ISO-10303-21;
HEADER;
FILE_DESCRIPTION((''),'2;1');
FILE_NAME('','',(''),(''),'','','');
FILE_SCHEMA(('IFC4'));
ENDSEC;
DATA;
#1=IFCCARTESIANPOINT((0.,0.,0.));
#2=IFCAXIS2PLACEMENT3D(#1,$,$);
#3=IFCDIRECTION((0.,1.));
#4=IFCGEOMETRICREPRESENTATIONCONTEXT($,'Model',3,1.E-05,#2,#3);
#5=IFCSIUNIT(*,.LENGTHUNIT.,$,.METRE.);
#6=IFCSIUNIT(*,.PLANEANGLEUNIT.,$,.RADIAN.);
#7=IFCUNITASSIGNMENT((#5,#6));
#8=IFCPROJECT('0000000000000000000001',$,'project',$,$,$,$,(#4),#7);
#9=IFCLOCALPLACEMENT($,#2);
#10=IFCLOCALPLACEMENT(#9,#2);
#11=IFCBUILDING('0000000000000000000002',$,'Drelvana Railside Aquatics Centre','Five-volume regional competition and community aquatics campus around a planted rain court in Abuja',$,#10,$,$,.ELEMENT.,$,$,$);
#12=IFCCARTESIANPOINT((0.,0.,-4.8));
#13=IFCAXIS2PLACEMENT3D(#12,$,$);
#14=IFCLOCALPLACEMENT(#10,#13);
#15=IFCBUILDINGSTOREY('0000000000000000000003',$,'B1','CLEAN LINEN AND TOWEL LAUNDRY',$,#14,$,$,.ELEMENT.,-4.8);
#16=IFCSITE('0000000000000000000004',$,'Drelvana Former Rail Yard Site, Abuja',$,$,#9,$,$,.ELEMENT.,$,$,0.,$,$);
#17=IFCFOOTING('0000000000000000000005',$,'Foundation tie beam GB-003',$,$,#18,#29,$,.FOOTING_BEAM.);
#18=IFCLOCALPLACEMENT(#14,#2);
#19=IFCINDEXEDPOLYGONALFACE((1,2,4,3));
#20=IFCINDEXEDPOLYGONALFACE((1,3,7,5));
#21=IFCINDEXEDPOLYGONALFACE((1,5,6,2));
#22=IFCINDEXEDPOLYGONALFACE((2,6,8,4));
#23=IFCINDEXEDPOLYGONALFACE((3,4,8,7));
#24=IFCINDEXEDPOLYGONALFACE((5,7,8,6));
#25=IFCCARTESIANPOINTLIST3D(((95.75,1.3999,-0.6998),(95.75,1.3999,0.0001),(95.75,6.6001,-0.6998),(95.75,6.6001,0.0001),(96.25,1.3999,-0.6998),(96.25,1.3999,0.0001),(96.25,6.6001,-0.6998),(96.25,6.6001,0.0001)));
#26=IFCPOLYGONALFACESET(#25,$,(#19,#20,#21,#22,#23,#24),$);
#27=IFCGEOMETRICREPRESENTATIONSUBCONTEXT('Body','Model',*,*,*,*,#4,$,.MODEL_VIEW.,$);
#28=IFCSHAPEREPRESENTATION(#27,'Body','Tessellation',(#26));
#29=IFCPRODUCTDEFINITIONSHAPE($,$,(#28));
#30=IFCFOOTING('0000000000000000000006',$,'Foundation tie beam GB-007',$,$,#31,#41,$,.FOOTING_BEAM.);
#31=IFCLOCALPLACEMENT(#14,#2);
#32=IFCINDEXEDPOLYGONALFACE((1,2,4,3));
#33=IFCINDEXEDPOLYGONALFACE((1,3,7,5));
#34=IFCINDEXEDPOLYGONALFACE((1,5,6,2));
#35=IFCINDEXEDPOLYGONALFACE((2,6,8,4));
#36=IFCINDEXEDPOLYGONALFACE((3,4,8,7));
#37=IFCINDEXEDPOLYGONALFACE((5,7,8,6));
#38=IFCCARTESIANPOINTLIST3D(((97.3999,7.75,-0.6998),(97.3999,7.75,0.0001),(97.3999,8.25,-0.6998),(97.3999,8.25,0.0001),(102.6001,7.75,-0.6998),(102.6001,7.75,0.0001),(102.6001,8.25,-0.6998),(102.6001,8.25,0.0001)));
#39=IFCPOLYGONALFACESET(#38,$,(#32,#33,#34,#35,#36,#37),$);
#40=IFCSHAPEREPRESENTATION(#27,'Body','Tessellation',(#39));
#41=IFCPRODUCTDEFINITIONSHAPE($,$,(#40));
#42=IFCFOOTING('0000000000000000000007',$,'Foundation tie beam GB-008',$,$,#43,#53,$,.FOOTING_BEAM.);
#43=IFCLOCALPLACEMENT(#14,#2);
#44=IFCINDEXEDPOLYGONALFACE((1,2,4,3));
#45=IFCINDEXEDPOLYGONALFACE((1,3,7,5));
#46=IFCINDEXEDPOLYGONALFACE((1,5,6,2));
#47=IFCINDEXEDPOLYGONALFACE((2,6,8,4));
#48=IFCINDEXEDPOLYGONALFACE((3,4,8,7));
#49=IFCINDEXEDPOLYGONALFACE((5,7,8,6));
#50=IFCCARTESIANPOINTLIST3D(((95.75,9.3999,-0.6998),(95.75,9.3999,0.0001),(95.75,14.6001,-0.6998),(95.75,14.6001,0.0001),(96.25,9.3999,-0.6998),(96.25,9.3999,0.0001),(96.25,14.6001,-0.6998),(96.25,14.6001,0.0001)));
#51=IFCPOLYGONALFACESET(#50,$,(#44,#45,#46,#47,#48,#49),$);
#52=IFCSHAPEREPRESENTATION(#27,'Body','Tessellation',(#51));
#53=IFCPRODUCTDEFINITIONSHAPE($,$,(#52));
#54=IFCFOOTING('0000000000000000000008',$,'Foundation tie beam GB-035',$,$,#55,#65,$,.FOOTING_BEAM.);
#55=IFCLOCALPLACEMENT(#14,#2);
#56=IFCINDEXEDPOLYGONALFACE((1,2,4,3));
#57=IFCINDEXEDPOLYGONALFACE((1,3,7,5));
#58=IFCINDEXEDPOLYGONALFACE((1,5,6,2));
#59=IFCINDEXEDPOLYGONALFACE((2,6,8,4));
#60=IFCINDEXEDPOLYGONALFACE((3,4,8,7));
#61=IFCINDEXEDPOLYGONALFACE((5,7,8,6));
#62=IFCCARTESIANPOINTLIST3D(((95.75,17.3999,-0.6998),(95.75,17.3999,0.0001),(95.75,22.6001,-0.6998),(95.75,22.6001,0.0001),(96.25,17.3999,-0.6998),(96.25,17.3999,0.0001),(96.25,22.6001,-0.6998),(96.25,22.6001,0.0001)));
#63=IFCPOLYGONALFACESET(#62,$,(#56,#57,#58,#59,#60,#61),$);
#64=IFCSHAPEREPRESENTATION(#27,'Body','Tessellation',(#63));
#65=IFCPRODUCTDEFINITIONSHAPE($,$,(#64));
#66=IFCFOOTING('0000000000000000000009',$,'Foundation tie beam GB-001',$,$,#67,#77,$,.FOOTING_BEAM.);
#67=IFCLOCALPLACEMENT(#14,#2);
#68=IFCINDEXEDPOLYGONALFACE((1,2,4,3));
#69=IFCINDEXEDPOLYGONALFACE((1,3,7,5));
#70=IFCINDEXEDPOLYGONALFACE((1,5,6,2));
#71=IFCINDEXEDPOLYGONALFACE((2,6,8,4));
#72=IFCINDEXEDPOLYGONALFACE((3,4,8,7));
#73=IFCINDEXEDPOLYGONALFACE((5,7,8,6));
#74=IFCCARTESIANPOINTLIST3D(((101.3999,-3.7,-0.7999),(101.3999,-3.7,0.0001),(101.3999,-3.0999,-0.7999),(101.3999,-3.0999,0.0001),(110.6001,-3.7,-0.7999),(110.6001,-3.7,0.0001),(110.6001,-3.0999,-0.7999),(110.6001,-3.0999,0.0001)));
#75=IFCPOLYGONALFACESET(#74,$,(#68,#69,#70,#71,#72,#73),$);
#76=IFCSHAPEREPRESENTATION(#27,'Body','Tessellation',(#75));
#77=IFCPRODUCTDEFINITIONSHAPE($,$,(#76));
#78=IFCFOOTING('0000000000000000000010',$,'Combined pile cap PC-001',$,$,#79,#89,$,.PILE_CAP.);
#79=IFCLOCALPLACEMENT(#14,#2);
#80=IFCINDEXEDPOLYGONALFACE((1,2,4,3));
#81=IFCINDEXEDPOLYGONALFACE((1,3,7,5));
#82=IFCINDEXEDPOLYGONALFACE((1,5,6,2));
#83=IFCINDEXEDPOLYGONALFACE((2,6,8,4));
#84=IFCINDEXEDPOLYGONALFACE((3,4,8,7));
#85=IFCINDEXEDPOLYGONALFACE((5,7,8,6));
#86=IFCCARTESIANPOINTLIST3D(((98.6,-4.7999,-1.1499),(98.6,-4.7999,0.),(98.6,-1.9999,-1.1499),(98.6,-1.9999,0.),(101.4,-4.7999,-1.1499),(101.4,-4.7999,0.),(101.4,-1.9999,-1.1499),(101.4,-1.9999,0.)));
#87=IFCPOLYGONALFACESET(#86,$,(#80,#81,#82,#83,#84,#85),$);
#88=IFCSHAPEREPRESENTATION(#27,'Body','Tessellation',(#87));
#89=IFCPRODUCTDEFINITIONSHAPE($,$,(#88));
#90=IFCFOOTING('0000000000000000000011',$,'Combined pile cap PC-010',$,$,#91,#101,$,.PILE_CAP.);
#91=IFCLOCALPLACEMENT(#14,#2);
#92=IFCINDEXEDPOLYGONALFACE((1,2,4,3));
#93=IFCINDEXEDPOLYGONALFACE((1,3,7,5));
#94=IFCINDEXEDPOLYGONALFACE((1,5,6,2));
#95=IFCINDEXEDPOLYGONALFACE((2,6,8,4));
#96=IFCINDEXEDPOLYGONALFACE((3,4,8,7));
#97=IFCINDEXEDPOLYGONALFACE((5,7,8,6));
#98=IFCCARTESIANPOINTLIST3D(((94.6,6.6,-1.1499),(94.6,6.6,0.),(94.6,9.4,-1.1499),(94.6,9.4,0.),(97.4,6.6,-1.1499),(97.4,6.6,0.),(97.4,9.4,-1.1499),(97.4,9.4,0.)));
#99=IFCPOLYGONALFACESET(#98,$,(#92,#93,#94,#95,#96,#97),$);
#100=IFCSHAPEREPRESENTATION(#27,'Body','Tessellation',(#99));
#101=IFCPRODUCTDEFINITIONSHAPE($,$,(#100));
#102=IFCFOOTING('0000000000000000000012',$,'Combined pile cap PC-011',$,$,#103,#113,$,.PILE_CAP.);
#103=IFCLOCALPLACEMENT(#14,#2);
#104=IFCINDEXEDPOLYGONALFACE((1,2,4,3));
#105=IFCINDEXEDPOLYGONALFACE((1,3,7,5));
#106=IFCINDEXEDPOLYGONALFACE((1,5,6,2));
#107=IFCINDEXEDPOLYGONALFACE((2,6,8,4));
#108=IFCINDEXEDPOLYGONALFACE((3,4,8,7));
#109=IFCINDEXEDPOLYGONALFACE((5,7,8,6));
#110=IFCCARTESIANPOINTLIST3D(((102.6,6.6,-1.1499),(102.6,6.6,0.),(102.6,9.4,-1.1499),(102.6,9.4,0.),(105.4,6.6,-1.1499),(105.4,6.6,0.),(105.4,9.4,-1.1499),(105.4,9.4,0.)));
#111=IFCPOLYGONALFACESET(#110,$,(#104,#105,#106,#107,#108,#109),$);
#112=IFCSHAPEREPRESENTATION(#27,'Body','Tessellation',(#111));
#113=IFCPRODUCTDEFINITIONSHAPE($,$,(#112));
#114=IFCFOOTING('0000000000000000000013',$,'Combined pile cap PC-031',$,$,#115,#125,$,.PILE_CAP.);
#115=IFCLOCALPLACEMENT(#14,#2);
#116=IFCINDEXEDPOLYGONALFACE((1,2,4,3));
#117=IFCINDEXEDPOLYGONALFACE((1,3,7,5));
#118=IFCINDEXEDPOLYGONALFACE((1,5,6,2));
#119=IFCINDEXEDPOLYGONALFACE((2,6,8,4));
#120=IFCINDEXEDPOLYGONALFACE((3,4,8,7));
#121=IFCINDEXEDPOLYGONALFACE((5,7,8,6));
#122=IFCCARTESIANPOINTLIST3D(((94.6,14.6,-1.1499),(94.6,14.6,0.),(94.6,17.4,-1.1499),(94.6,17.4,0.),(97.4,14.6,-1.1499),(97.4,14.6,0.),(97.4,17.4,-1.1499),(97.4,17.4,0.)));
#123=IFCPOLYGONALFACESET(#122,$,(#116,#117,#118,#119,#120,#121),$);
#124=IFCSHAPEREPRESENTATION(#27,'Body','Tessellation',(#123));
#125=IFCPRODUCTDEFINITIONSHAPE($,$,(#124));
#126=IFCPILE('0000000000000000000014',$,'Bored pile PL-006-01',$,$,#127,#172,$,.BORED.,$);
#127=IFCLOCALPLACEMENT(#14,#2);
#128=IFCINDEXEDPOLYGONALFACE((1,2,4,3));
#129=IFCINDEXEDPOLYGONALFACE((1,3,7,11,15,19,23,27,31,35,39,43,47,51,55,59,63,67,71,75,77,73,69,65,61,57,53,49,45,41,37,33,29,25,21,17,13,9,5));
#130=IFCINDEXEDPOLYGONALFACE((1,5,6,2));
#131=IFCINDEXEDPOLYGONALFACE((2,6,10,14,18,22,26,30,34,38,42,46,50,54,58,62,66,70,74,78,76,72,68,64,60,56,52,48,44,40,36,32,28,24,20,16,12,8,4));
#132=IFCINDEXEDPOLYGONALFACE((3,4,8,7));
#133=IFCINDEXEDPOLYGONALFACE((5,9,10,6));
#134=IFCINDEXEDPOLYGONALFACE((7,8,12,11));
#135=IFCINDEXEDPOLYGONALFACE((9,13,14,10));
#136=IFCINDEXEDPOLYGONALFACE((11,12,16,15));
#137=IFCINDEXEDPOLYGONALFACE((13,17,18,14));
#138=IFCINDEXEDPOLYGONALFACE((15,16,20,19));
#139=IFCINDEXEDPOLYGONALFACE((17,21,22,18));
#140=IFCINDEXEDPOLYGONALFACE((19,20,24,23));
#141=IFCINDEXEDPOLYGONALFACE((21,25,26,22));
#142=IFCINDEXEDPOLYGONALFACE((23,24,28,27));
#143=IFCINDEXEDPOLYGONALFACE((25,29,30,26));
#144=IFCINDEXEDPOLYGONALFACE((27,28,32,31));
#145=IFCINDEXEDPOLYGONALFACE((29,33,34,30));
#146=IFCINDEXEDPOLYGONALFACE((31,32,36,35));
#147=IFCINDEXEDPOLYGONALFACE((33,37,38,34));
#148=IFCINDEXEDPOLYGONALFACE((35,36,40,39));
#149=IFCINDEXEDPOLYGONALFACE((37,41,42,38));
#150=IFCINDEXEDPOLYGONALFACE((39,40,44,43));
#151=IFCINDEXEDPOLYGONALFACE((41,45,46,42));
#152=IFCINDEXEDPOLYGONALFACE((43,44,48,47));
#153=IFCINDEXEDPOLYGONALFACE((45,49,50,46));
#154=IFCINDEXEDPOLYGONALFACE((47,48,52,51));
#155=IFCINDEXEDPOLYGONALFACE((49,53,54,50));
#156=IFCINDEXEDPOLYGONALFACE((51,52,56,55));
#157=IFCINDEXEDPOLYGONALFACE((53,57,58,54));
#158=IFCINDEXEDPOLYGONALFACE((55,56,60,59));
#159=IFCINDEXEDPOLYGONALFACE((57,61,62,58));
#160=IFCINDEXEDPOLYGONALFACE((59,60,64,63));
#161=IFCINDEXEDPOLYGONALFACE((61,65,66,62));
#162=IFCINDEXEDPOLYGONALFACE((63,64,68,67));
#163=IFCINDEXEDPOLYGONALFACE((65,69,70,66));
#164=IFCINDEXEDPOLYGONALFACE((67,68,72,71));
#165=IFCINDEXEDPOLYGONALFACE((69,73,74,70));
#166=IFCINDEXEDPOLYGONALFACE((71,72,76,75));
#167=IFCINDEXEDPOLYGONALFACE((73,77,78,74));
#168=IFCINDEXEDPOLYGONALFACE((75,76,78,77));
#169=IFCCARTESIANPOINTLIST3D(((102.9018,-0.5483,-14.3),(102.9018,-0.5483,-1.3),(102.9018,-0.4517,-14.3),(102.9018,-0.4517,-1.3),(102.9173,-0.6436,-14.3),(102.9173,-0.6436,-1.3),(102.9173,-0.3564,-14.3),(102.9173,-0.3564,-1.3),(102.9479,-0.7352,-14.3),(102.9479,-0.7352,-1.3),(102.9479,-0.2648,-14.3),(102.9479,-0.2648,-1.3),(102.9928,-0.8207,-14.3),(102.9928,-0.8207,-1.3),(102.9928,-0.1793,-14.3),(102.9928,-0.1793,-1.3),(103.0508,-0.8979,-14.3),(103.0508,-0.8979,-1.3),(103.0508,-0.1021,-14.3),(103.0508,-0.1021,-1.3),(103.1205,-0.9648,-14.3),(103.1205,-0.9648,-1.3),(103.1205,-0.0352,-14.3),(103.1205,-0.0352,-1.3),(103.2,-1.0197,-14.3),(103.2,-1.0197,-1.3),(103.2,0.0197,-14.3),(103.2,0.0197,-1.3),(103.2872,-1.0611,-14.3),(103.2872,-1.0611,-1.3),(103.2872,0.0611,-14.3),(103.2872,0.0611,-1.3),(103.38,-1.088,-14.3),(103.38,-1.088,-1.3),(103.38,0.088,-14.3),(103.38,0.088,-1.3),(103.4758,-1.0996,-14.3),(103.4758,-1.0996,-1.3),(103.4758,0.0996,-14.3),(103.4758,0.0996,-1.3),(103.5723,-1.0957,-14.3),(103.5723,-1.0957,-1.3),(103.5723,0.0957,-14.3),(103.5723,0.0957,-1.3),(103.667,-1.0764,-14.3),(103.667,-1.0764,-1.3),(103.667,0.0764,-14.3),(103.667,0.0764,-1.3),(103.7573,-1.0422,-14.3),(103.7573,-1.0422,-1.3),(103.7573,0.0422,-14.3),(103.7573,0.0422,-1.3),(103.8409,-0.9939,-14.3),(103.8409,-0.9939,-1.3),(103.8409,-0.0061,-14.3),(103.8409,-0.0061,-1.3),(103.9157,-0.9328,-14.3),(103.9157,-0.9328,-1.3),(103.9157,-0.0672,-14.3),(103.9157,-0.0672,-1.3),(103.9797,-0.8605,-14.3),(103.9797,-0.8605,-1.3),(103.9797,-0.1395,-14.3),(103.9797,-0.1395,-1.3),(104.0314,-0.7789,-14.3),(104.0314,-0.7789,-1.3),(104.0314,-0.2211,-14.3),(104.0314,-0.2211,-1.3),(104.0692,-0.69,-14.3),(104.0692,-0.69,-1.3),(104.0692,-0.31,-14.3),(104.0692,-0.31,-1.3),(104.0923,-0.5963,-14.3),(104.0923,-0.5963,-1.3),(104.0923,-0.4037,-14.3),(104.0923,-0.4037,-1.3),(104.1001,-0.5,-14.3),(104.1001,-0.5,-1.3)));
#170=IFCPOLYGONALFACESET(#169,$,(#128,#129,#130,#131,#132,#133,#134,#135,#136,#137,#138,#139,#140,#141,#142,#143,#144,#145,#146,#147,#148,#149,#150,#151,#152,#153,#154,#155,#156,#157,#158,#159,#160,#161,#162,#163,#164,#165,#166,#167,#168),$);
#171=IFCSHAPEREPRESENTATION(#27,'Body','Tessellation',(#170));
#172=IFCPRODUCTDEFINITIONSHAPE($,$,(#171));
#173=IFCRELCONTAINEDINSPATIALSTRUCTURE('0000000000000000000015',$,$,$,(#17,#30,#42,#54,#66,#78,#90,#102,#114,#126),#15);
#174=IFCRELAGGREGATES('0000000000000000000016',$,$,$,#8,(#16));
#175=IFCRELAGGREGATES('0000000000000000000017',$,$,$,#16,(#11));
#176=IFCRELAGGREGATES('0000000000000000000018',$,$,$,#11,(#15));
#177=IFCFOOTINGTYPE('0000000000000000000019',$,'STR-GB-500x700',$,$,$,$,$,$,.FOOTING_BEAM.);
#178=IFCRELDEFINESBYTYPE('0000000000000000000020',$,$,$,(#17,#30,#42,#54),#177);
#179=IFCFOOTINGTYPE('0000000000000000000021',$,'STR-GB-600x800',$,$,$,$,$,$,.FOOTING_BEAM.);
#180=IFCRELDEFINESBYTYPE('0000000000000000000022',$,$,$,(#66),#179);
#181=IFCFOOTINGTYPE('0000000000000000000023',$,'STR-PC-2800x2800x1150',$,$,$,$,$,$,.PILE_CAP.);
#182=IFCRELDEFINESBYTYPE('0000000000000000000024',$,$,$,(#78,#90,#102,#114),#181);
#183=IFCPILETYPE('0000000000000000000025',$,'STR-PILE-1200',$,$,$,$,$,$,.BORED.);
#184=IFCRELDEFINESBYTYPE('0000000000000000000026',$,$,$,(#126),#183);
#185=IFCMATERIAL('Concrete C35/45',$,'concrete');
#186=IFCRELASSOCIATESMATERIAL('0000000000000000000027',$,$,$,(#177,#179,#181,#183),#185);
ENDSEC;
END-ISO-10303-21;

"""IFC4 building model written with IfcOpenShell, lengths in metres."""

from ifc_helpers import new_model, si_unit, direction, frame, origin, origin_2d, place, context, subcontext, project, spatial, rectangle, circle, extrude, material, material_profile, profile_set, type_object, element, save


model = new_model("IFC4")

# Units and contexts
model_context = context("Model", 3, precision=1e-05, world=origin(), true_north=direction((0.0, 1.0)))
body_context = subcontext(model_context, "Body", "Model", "MODEL_VIEW")
ifc_project = project(units=[si_unit("LENGTHUNIT", "METRE"), si_unit("PLANEANGLEUNIT", "RADIAN")], contexts=[model_context])

# Site, building, storey
site_placement = place(None, origin())
site = spatial("IfcSite", under=ifc_project, at=site_placement, Name="Drelvana Former Rail Yard Site, Abuja", CompositionType="ELEMENT", RefElevation=0.0)
building_placement = place(site_placement, origin())
building = spatial("IfcBuilding", under=site, at=building_placement, Name="Drelvana Railside Aquatics Centre", Description="Five-volume regional competition and community aquatics campus around a planted rain court in Abuja", CompositionType="ELEMENT")
storey_placement = place(building_placement, frame((0.0, 0.0, -4.8)))
storey = spatial("IfcBuildingStorey", under=building, at=storey_placement, Name="B1", Description="CLEAN LINEN AND TOWEL LAUNDRY", CompositionType="ELEMENT", Elevation=-4.8)

# Footings
ifc_material_1 = material(Name="Concrete C35/45", Category="concrete")
ifc_material_profile_1 = material_profile(ifc_material_1, rectangle(XDim=0.5, YDim=0.7, at=origin_2d()), Name="GB 500x700")
ifc_profile_set_1 = profile_set([ifc_material_profile_1], Name="Concrete C35/45")
footing_type_1 = type_object("IfcFootingType", Name="STR-GB-500x700", PredefinedType="FOOTING_BEAM", material=ifc_profile_set_1)
for number, where, z_axis, x_axis, name in (
    (1, (96.0, 1.3999, -0.3499), (0.0, 1.0, 0.0), (-1.0, 0.0, 0.0), "Foundation tie beam GB-003"),
    (2, (97.3999, 8.0, -0.3499), (1.0, 0.0, 0.0), (0.0, 1.0, 0.0), "Foundation tie beam GB-007"),
    (3, (96.0, 9.3999, -0.3499), (0.0, 1.0, 0.0), (-1.0, 0.0, 0.0), "Foundation tie beam GB-008"),
    (4, (96.0, 17.3999, -0.3499), (0.0, 1.0, 0.0), (-1.0, 0.0, 0.0), "Foundation tie beam GB-035"),
):
    element("IfcFooting", number, at=place(storey_placement, frame(where, z_axis=z_axis, x_axis=x_axis)), inside=storey, type_object=footing_type_1, Name=name, PredefinedType="FOOTING_BEAM", context=body_context, shape_type="SweptSolid", body=[
        extrude(rectangle(XDim=0.5, YDim=0.7, at=origin_2d()), origin(), (0.0, 0.0, 1.0), 5.2002),
    ])
ifc_material_profile_2 = material_profile(ifc_material_1, rectangle(XDim=0.6001, YDim=0.8, at=origin_2d()), Name="GB 600x800")
ifc_profile_set_2 = profile_set([ifc_material_profile_2], Name="Concrete C35/45")
footing_type_2 = type_object("IfcFootingType", Name="STR-GB-600x800", PredefinedType="FOOTING_BEAM", material=ifc_profile_set_2)
footing_placement = place(storey_placement, frame((101.3999, -3.3999, -0.3999), z_axis=(1.0, 0.0, 0.0), x_axis=(0.0, 1.0, 0.0)))
element("IfcFooting", 5, at=footing_placement, inside=storey, type_object=footing_type_2, Name="Foundation tie beam GB-001", PredefinedType="FOOTING_BEAM", context=body_context, shape_type="SweptSolid", body=[
    extrude(rectangle(XDim=0.6001, YDim=0.8, at=origin_2d()), origin(), (0.0, 0.0, 1.0), 9.2002),
])
footing_type_3 = type_object("IfcFootingType", Name="STR-PC-2800x2800x1150", PredefinedType="PILE_CAP", material=ifc_material_1)
for number, where, z_axis, x_axis, name in (
    (6, (100.0, -3.3999, -1.1499), (0.0, 0.0, 1.0), (1.0, 0.0, 0.0), "Combined pile cap PC-001"),
    (7, (96.0, 8.0, -1.1499), (0.0, 0.0, 1.0), (1.0, 0.0, 0.0), "Combined pile cap PC-010"),
    (8, (104.0, 8.0, -1.1499), (0.0, 0.0, 1.0), (1.0, 0.0, 0.0), "Combined pile cap PC-011"),
    (9, (96.0, 16.0, -1.1499), (0.0, 0.0, 1.0), (1.0, 0.0, 0.0), "Combined pile cap PC-031"),
):
    element("IfcFooting", number, at=place(storey_placement, frame(where, z_axis=z_axis, x_axis=x_axis)), inside=storey, type_object=footing_type_3, Name=name, PredefinedType="PILE_CAP", context=body_context, shape_type="SweptSolid", body=[
        extrude(rectangle(XDim=2.8, YDim=2.8, at=origin_2d()), origin(), (0.0, 0.0, 1.0), 1.1499),
    ])

# Pile
ifc_material_profile_3 = material_profile(ifc_material_1, circle(Radius=0.6001, at=origin_2d()), Name="PILE D1200")
ifc_profile_set_3 = profile_set([ifc_material_profile_3], Name="Concrete C35/45")
pile_type_1 = type_object("IfcPileType", Name="STR-PILE-1200", PredefinedType="BORED", material=ifc_profile_set_3)
for number, where, z_axis, x_axis, name in (
    (10, (103.5, -0.5, -1.3), (0.0, 0.0, -1.0), (1.0, 0.0, 0.0), "Bored pile PL-006-01"),
):
    element("IfcPile", number, at=place(storey_placement, frame(where, z_axis=z_axis, x_axis=x_axis)), inside=storey, type_object=pile_type_1, Name=name, PredefinedType="BORED", context=body_context, shape_type="SweptSolid", body=[
        extrude(circle(Radius=0.6001, at=origin_2d()), origin(), (0.0, 0.0, 1.0), 13.0),
    ])

save(model, "model.ifc")
